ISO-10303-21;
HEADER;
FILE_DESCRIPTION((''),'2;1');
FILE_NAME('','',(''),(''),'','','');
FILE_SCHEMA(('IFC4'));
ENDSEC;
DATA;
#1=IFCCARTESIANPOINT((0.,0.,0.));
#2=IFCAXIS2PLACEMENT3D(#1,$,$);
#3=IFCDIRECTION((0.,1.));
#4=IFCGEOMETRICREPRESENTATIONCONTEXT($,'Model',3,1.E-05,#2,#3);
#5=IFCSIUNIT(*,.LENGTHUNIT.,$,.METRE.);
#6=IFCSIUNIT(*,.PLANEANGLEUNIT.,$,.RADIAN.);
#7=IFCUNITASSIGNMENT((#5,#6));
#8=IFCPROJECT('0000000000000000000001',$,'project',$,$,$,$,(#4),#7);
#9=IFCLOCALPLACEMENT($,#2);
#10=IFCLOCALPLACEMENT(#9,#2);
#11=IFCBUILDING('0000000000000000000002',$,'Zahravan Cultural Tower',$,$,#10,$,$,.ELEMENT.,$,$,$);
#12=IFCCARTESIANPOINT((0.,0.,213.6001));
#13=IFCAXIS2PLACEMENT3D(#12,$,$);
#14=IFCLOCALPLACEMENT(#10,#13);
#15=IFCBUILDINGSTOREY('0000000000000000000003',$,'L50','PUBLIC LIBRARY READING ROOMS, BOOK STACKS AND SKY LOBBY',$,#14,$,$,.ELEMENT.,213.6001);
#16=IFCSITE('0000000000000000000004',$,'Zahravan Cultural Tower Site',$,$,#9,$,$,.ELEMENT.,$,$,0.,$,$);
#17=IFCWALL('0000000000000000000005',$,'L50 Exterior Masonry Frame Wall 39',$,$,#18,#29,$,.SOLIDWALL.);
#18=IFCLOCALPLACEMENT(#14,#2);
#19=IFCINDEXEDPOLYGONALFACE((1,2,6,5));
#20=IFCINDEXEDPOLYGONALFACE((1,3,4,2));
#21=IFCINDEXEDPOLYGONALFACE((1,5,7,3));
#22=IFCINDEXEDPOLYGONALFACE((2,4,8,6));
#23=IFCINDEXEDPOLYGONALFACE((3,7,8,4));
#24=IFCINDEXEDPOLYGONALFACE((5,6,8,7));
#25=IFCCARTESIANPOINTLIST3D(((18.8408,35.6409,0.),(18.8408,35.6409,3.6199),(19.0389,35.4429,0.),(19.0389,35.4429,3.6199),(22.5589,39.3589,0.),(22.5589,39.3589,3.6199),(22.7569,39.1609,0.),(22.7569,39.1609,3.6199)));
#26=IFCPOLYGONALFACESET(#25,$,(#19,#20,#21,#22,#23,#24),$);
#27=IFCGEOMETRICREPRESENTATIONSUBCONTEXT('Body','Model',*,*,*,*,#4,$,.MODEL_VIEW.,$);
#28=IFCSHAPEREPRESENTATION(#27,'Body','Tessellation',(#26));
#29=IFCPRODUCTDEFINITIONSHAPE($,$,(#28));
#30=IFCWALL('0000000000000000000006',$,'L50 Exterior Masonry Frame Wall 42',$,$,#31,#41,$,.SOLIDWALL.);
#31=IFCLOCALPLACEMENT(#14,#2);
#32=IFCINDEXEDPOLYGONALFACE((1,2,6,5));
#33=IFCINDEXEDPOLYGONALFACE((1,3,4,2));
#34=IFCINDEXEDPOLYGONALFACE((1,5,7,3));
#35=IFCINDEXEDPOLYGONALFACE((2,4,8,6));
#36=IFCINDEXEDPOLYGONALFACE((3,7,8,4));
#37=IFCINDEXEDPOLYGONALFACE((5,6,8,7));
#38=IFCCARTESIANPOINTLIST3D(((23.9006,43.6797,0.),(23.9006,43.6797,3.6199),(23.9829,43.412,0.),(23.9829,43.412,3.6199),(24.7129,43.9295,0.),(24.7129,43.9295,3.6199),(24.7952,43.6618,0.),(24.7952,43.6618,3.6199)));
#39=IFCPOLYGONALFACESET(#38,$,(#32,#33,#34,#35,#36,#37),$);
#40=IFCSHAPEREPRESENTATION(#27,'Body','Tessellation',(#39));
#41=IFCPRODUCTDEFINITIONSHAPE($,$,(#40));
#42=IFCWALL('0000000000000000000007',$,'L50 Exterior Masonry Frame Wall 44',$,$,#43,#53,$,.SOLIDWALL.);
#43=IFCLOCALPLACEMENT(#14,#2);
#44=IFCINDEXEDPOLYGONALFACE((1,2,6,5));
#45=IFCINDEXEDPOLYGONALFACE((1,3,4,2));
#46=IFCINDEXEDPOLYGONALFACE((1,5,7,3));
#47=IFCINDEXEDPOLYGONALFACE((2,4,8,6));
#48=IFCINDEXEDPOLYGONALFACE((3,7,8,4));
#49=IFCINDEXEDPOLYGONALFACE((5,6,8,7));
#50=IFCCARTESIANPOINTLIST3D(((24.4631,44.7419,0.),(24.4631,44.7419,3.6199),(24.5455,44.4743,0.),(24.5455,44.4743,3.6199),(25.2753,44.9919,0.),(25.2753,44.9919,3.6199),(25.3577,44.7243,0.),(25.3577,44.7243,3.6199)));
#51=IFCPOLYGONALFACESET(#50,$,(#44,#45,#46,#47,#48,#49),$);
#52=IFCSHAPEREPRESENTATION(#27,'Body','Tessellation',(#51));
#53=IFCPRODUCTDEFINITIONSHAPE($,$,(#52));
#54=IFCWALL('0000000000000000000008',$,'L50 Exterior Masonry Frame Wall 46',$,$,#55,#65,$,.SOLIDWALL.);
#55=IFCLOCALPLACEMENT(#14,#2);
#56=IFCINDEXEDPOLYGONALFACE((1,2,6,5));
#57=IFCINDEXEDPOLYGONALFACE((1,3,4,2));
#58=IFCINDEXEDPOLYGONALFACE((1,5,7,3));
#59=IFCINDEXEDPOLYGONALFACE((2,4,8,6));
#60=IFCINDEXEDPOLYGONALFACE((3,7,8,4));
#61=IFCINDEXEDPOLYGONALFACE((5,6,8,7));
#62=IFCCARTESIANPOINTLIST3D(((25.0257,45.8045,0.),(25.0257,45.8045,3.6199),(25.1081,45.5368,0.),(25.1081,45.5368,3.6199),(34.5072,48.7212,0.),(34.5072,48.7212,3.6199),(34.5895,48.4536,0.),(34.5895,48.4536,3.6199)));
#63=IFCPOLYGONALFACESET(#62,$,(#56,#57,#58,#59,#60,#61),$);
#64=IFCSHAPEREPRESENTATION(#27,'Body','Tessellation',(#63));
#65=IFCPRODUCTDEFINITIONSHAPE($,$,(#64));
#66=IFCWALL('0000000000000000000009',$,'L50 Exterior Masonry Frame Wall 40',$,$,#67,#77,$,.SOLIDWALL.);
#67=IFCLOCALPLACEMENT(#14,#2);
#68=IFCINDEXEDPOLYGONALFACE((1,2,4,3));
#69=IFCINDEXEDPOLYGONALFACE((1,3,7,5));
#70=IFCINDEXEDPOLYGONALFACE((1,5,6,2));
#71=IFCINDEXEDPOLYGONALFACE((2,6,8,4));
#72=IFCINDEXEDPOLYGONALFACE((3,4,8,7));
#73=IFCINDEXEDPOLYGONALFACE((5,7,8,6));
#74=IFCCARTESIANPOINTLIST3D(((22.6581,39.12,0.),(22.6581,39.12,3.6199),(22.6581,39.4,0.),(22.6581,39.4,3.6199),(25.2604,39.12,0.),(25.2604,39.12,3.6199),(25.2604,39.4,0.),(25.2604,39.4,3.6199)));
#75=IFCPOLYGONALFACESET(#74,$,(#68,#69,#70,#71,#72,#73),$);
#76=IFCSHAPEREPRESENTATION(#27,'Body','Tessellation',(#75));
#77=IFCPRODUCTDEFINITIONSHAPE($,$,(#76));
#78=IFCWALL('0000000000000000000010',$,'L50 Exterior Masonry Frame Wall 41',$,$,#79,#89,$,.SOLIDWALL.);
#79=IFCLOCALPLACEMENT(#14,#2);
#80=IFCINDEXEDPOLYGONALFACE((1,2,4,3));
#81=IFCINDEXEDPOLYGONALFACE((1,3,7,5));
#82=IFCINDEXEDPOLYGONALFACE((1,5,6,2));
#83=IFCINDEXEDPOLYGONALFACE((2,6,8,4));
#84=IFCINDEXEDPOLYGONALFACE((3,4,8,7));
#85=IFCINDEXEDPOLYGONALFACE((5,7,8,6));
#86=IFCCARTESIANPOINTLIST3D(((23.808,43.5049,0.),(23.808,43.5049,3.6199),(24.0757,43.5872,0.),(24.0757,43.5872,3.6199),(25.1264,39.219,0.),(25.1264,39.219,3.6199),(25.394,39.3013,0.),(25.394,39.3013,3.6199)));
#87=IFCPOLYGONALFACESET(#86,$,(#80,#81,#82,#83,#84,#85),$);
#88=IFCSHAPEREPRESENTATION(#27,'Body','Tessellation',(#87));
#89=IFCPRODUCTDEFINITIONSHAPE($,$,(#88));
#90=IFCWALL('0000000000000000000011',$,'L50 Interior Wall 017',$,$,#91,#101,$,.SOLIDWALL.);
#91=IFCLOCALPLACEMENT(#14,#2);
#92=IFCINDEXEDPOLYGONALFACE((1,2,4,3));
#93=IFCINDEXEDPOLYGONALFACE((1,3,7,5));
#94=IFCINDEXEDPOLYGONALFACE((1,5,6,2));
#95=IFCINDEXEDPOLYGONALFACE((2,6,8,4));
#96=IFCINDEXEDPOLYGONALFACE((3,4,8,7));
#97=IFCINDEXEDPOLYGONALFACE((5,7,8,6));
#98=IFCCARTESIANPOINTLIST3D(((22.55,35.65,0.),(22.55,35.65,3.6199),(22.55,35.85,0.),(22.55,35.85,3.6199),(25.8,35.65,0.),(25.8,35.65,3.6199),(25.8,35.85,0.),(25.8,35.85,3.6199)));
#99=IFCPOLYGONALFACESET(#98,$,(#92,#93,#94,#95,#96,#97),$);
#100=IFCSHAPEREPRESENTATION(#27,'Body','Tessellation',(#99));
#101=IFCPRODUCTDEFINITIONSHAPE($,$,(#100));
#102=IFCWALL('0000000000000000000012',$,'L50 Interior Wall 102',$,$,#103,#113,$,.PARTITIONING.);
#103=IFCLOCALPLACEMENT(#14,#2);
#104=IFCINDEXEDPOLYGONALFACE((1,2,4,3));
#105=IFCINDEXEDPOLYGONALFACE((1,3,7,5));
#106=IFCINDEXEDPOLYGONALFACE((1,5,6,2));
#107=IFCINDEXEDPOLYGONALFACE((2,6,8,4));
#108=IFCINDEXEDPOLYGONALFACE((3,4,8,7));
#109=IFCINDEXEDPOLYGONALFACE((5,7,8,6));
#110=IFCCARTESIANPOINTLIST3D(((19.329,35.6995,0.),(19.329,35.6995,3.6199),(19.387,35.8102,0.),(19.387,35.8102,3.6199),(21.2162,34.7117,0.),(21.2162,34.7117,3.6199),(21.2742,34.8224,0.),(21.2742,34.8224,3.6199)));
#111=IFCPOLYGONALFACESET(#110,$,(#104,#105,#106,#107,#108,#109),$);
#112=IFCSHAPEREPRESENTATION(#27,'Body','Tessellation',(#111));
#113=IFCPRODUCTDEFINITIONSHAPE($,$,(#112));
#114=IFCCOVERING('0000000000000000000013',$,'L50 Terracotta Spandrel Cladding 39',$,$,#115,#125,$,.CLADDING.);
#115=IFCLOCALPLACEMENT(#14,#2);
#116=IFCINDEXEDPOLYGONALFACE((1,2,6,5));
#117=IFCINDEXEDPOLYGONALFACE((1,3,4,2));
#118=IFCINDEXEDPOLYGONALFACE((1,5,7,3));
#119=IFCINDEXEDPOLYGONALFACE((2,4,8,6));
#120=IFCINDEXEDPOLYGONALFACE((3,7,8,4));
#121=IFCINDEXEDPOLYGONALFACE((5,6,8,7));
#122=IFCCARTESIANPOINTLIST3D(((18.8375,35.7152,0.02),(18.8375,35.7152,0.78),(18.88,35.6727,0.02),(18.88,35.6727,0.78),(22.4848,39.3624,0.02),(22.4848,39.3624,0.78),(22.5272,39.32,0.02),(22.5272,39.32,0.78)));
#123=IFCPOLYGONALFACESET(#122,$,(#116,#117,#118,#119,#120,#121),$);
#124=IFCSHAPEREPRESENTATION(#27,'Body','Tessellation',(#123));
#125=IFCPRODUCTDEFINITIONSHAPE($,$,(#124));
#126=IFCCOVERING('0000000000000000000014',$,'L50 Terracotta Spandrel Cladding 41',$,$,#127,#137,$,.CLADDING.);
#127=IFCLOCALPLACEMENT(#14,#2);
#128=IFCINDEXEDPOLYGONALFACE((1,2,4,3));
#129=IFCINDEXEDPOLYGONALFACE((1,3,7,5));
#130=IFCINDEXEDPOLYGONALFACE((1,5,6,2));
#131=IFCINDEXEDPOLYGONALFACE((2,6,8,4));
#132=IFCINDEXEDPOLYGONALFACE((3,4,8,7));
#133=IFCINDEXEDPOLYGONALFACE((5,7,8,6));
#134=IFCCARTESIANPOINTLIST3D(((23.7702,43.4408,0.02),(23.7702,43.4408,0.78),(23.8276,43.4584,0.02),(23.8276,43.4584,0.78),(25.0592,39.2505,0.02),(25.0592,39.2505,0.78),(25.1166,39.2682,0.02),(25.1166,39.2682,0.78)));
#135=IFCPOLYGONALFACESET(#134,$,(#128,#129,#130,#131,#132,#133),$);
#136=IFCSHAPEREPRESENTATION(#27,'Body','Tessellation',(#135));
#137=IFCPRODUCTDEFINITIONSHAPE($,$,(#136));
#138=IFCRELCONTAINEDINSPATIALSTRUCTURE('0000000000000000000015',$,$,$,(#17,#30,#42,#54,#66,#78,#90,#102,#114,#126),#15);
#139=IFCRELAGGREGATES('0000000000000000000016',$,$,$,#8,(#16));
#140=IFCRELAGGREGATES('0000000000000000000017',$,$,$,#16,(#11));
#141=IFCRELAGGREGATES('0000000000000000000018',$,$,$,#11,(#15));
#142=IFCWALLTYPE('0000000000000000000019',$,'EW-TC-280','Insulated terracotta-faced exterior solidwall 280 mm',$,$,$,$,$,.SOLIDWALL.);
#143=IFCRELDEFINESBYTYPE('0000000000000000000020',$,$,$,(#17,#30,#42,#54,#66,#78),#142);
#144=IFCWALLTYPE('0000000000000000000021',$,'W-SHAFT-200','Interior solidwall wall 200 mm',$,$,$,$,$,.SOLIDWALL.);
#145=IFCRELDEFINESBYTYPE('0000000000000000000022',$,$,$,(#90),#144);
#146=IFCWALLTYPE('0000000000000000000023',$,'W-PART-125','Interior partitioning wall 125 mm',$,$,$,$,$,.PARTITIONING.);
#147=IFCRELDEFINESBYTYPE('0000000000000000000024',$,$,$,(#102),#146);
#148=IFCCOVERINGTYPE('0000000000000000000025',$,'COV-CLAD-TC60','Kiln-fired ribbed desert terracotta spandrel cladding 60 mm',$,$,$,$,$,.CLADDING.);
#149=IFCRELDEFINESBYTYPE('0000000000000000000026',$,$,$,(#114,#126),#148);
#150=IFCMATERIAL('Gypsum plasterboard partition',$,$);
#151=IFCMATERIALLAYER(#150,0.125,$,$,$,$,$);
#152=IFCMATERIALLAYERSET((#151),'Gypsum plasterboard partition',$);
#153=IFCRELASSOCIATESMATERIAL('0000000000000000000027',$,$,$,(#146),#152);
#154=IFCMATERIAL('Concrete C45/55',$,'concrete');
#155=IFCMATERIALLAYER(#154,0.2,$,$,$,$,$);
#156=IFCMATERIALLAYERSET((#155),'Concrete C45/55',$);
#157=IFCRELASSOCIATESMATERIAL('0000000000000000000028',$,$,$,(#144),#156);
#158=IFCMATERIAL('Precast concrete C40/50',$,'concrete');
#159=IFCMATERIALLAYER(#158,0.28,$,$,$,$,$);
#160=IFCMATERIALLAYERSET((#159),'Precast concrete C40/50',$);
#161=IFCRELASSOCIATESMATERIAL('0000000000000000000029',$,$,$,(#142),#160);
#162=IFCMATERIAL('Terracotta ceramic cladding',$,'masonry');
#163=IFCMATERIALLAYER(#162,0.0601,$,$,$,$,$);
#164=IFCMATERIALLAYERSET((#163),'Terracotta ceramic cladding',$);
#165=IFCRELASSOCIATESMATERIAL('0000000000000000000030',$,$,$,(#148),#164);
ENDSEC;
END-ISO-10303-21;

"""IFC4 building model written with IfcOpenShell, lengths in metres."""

from ifc_helpers import new_model, si_unit, direction, frame, frame_2d, origin, origin_2d, place, context, subcontext, project, spatial, rectangle, extrude, source, transform, mapped, material, layer, layer_set, type_object, element, save


model = new_model("IFC4")

# Units and contexts
model_context = context("Model", 3, precision=1e-05, world=origin(), true_north=direction((0.0, 1.0)))
body_context = subcontext(model_context, "Body", "Model", "MODEL_VIEW")
ifc_project = project(units=[si_unit("LENGTHUNIT", "METRE"), si_unit("PLANEANGLEUNIT", "RADIAN")], contexts=[model_context])

# Site, building, storey
site_placement = place(None, origin())
site = spatial("IfcSite", under=ifc_project, at=site_placement, Name="Zahravan Cultural Tower Site", CompositionType="ELEMENT", RefElevation=0.0)
building_placement = place(site_placement, origin())
building = spatial("IfcBuilding", under=site, at=building_placement, Name="Zahravan Cultural Tower", CompositionType="ELEMENT")
storey_placement = place(building_placement, frame((0.0, 0.0, 213.6001)))
storey = spatial("IfcBuildingStorey", under=building, at=storey_placement, Name="L50", Description="PUBLIC LIBRARY READING ROOMS, BOOK STACKS AND SKY LOBBY", CompositionType="ELEMENT", Elevation=213.6001)

# Shared definitions
ifc_material_1 = material(Name="Gypsum plasterboard partition")
ifc_layer_1 = layer(ifc_material_1, 0.125)
ifc_layer_set_1 = layer_set([ifc_layer_1], Name="Gypsum plasterboard partition")
wall_type_1 = type_object("IfcWallType", Name="W-PART-125", Description="Interior partitioning wall 125 mm", PredefinedType="PARTITIONING", material=ifc_layer_set_1)
ifc_material_2 = material(Name="Concrete C45/55", Category="concrete")
ifc_layer_2 = layer(ifc_material_2, 0.2)
ifc_layer_set_2 = layer_set([ifc_layer_2], Name="Concrete C45/55")
wall_type_2 = type_object("IfcWallType", Name="W-SHAFT-200", Description="Interior solidwall wall 200 mm", PredefinedType="SOLIDWALL", material=ifc_layer_set_2)

# Walls
ifc_material_3 = material(Name="Precast concrete C40/50", Category="concrete")
ifc_layer_3 = layer(ifc_material_3, 0.28)
ifc_layer_set_3 = layer_set([ifc_layer_3], Name="Precast concrete C40/50")
wall_type_3 = type_object("IfcWallType", Name="EW-TC-280", Description="Insulated terracotta-faced exterior solidwall 280 mm", PredefinedType="SOLIDWALL", material=ifc_layer_set_3)
shared_shape_1 = source(origin(), body_context, "Body", "SweptSolid", [
    extrude(rectangle(XDim=5.2581, YDim=0.28, at=frame_2d((2.6289, 0.0))), origin(), (0.0, 0.0, 1.0), 3.6199),
])
wall_1_placement = place(storey_placement, frame((18.9399, 35.542, 0.0), z_axis=(0.0, 0.0, 1.0), x_axis=(0.707107, 0.707107, 0.0)))
element("IfcWall", 1, at=wall_1_placement, inside=storey, type_object=wall_type_3, Name="L50 Exterior Masonry Frame Wall 39", PredefinedType="SOLIDWALL", context=body_context, shape_type="MappedRepresentation", body=[
    mapped(shared_shape_1, transform((0.0, 0.0, 0.0), x_axis=(1.0, 0.0, 0.0), y_axis=(0.0, 1.0, 0.0), z_axis=(0.0, 0.0, 1.0), scale=1.0)),
])
shared_shape_2 = source(origin(), body_context, "Body", "SweptSolid", [
    extrude(rectangle(XDim=0.8499, YDim=0.28, at=frame_2d((0.4248, 0.0))), origin(), (0.0, 0.0, 1.0), 3.6199),
])
for number, where, z_axis, x_axis, name in (
    (2, (23.9419, 43.5459, 0.0), (0.0, 0.0, 1.0), (0.955835, 0.293904, 0.0), "L50 Exterior Masonry Frame Wall 42"),
    (3, (24.5044, 44.6082, 0.0), (0.0, 0.0, 1.0), (0.955754, 0.294167, 0.0), "L50 Exterior Masonry Frame Wall 44"),
):
    element("IfcWall", number, at=place(storey_placement, frame(where, z_axis=z_axis, x_axis=x_axis)), inside=storey, type_object=wall_type_3, Name=name, PredefinedType="SOLIDWALL", context=body_context, shape_type="MappedRepresentation", body=[
        mapped(shared_shape_2, transform((0.0, 0.0, 0.0), x_axis=(1.0, 0.0, 0.0), y_axis=(0.0, 1.0, 0.0), z_axis=(0.0, 0.0, 1.0), scale=1.0)),
    ])
shared_shape_3 = source(origin(), body_context, "Body", "SweptSolid", [
    extrude(rectangle(XDim=9.9199, YDim=0.28, at=frame_2d((4.96, 0.0))), origin(), (0.0, 0.0, 1.0), 3.6199),
])
wall_2_placement = place(storey_placement, frame((25.0669, 45.6707, 0.0), z_axis=(0.0, 0.0, 1.0), x_axis=(0.955797, 0.294029, 0.0)))
element("IfcWall", 4, at=wall_2_placement, inside=storey, type_object=wall_type_3, Name="L50 Exterior Masonry Frame Wall 46", PredefinedType="SOLIDWALL", context=body_context, shape_type="MappedRepresentation", body=[
    mapped(shared_shape_3, transform((0.0, 0.0, 0.0), x_axis=(1.0, 0.0, 0.0), y_axis=(0.0, 1.0, 0.0), z_axis=(0.0, 0.0, 1.0), scale=1.0)),
])
shared_shape_4 = source(origin(), body_context, "Body", "SweptSolid", [
    extrude(rectangle(XDim=2.6023, YDim=0.28, at=frame_2d((1.3013, 0.0))), origin(), (0.0, 0.0, 1.0), 3.6199),
])
wall_3_placement = place(storey_placement, frame((22.658, 39.26, 0.0), z_axis=(0.0, 0.0, 1.0), x_axis=(1.0, 0.0, 0.0)))
element("IfcWall", 5, at=wall_3_placement, inside=storey, type_object=wall_type_3, Name="L50 Exterior Masonry Frame Wall 40", PredefinedType="SOLIDWALL", context=body_context, shape_type="MappedRepresentation", body=[
    mapped(shared_shape_4, transform((0.0, 0.0, 0.0), x_axis=(1.0, 0.0, 0.0), y_axis=(0.0, 1.0, 0.0), z_axis=(0.0, 0.0, 1.0), scale=1.0)),
])
shared_shape_5 = source(origin(), body_context, "Body", "SweptSolid", [
    extrude(rectangle(XDim=4.4841, YDim=0.28, at=frame_2d((2.2422, 0.0))), origin(), (0.0, 0.0, 1.0), 3.6199),
])
wall_4_placement = place(storey_placement, frame((25.2603, 39.26, 0.0), z_axis=(0.0, 0.0, 1.0), x_axis=(-0.294009, 0.955803, 0.0)))
element("IfcWall", 6, at=wall_4_placement, inside=storey, type_object=wall_type_3, Name="L50 Exterior Masonry Frame Wall 41", PredefinedType="SOLIDWALL", context=body_context, shape_type="MappedRepresentation", body=[
    mapped(shared_shape_5, transform((0.0, 0.0, 0.0), x_axis=(1.0, 0.0, 0.0), y_axis=(0.0, 1.0, 0.0), z_axis=(0.0, 0.0, 1.0), scale=1.0)),
])
shared_shape_6 = source(origin(), body_context, "Body", "SweptSolid", [
    extrude(rectangle(XDim=3.25, YDim=0.2, at=frame_2d((1.625, 0.0))), origin(), (0.0, 0.0, 1.0), 3.6199),
])
wall_5_placement = place(storey_placement, frame((22.55, 35.75, 0.0), z_axis=(0.0, 0.0, 1.0), x_axis=(1.0, 0.0, 0.0)))
element("IfcWall", 7, at=wall_5_placement, inside=storey, type_object=wall_type_2, Name="L50 Interior Wall 017", PredefinedType="SOLIDWALL", context=body_context, shape_type="MappedRepresentation", body=[
    mapped(shared_shape_6, transform((0.0, 0.0, 0.0), x_axis=(1.0, 0.0, 0.0), y_axis=(0.0, 1.0, 0.0), z_axis=(0.0, 0.0, 1.0), scale=1.0)),
])
shared_shape_7 = source(origin(), body_context, "Body", "SweptSolid", [
    extrude(rectangle(XDim=2.1301, YDim=0.125, at=frame_2d((1.0649, 0.0))), origin(), (0.0, 0.0, 1.0), 3.6199),
])
wall_6_placement = place(storey_placement, frame((21.2451, 34.7671, 0.0), z_axis=(0.0, 0.0, 1.0), x_axis=(-0.885975, 0.463733, 0.0)))
element("IfcWall", 8, at=wall_6_placement, inside=storey, type_object=wall_type_1, Name="L50 Interior Wall 102", PredefinedType="PARTITIONING", context=body_context, shape_type="MappedRepresentation", body=[
    mapped(shared_shape_7, transform((0.0, 0.0, 0.0), x_axis=(1.0, 0.0, 0.0), y_axis=(0.0, 1.0, 0.0), z_axis=(0.0, 0.0, 1.0), scale=1.0)),
])

# Coverings
ifc_material_4 = material(Name="Terracotta ceramic cladding", Category="masonry")
ifc_layer_4 = layer(ifc_material_4, 0.0601)
ifc_layer_set_4 = layer_set([ifc_layer_4], Name="Terracotta ceramic cladding")
covering_type = type_object("IfcCoveringType", Name="COV-CLAD-TC60", Description="Kiln-fired ribbed desert terracotta spandrel cladding 60 mm", PredefinedType="CLADDING", material=ifc_layer_set_4)
shared_shape_8 = source(origin(), body_context, "Body", "SweptSolid", [
    extrude(rectangle(XDim=5.158, YDim=0.0601, at=origin_2d()), origin(), (0.0, 0.0, 1.0), 0.76),
])
covering_1_placement = place(storey_placement, frame((20.6824, 37.5176, 0.02), z_axis=(0.0, 0.0, 1.0), x_axis=(0.707107, 0.707107, 0.0)))
element("IfcCovering", 9, at=covering_1_placement, inside=storey, type_object=covering_type, Name="L50 Terracotta Spandrel Cladding 39", PredefinedType="CLADDING", context=body_context, shape_type="MappedRepresentation", body=[
    mapped(shared_shape_8, transform((0.0, 0.0, 0.0), x_axis=(1.0, 0.0, 0.0), y_axis=(0.0, 1.0, 0.0), z_axis=(0.0, 0.0, 1.0), scale=1.0)),
])
shared_shape_9 = source(origin(), body_context, "Body", "SweptSolid", [
    extrude(rectangle(XDim=4.384, YDim=0.0601, at=origin_2d()), origin(), (0.0, 0.0, 1.0), 0.76),
])
covering_2_placement = place(storey_placement, frame((24.4434, 41.3545, 0.02), z_axis=(0.0, 0.0, 1.0), x_axis=(-0.294024, 0.955798, 0.0)))
element("IfcCovering", 10, at=covering_2_placement, inside=storey, type_object=covering_type, Name="L50 Terracotta Spandrel Cladding 41", PredefinedType="CLADDING", context=body_context, shape_type="MappedRepresentation", body=[
    mapped(shared_shape_9, transform((0.0, 0.0, 0.0), x_axis=(1.0, 0.0, 0.0), y_axis=(0.0, 1.0, 0.0), z_axis=(0.0, 0.0, 1.0), scale=1.0)),
])

save(model, "model.ifc")
